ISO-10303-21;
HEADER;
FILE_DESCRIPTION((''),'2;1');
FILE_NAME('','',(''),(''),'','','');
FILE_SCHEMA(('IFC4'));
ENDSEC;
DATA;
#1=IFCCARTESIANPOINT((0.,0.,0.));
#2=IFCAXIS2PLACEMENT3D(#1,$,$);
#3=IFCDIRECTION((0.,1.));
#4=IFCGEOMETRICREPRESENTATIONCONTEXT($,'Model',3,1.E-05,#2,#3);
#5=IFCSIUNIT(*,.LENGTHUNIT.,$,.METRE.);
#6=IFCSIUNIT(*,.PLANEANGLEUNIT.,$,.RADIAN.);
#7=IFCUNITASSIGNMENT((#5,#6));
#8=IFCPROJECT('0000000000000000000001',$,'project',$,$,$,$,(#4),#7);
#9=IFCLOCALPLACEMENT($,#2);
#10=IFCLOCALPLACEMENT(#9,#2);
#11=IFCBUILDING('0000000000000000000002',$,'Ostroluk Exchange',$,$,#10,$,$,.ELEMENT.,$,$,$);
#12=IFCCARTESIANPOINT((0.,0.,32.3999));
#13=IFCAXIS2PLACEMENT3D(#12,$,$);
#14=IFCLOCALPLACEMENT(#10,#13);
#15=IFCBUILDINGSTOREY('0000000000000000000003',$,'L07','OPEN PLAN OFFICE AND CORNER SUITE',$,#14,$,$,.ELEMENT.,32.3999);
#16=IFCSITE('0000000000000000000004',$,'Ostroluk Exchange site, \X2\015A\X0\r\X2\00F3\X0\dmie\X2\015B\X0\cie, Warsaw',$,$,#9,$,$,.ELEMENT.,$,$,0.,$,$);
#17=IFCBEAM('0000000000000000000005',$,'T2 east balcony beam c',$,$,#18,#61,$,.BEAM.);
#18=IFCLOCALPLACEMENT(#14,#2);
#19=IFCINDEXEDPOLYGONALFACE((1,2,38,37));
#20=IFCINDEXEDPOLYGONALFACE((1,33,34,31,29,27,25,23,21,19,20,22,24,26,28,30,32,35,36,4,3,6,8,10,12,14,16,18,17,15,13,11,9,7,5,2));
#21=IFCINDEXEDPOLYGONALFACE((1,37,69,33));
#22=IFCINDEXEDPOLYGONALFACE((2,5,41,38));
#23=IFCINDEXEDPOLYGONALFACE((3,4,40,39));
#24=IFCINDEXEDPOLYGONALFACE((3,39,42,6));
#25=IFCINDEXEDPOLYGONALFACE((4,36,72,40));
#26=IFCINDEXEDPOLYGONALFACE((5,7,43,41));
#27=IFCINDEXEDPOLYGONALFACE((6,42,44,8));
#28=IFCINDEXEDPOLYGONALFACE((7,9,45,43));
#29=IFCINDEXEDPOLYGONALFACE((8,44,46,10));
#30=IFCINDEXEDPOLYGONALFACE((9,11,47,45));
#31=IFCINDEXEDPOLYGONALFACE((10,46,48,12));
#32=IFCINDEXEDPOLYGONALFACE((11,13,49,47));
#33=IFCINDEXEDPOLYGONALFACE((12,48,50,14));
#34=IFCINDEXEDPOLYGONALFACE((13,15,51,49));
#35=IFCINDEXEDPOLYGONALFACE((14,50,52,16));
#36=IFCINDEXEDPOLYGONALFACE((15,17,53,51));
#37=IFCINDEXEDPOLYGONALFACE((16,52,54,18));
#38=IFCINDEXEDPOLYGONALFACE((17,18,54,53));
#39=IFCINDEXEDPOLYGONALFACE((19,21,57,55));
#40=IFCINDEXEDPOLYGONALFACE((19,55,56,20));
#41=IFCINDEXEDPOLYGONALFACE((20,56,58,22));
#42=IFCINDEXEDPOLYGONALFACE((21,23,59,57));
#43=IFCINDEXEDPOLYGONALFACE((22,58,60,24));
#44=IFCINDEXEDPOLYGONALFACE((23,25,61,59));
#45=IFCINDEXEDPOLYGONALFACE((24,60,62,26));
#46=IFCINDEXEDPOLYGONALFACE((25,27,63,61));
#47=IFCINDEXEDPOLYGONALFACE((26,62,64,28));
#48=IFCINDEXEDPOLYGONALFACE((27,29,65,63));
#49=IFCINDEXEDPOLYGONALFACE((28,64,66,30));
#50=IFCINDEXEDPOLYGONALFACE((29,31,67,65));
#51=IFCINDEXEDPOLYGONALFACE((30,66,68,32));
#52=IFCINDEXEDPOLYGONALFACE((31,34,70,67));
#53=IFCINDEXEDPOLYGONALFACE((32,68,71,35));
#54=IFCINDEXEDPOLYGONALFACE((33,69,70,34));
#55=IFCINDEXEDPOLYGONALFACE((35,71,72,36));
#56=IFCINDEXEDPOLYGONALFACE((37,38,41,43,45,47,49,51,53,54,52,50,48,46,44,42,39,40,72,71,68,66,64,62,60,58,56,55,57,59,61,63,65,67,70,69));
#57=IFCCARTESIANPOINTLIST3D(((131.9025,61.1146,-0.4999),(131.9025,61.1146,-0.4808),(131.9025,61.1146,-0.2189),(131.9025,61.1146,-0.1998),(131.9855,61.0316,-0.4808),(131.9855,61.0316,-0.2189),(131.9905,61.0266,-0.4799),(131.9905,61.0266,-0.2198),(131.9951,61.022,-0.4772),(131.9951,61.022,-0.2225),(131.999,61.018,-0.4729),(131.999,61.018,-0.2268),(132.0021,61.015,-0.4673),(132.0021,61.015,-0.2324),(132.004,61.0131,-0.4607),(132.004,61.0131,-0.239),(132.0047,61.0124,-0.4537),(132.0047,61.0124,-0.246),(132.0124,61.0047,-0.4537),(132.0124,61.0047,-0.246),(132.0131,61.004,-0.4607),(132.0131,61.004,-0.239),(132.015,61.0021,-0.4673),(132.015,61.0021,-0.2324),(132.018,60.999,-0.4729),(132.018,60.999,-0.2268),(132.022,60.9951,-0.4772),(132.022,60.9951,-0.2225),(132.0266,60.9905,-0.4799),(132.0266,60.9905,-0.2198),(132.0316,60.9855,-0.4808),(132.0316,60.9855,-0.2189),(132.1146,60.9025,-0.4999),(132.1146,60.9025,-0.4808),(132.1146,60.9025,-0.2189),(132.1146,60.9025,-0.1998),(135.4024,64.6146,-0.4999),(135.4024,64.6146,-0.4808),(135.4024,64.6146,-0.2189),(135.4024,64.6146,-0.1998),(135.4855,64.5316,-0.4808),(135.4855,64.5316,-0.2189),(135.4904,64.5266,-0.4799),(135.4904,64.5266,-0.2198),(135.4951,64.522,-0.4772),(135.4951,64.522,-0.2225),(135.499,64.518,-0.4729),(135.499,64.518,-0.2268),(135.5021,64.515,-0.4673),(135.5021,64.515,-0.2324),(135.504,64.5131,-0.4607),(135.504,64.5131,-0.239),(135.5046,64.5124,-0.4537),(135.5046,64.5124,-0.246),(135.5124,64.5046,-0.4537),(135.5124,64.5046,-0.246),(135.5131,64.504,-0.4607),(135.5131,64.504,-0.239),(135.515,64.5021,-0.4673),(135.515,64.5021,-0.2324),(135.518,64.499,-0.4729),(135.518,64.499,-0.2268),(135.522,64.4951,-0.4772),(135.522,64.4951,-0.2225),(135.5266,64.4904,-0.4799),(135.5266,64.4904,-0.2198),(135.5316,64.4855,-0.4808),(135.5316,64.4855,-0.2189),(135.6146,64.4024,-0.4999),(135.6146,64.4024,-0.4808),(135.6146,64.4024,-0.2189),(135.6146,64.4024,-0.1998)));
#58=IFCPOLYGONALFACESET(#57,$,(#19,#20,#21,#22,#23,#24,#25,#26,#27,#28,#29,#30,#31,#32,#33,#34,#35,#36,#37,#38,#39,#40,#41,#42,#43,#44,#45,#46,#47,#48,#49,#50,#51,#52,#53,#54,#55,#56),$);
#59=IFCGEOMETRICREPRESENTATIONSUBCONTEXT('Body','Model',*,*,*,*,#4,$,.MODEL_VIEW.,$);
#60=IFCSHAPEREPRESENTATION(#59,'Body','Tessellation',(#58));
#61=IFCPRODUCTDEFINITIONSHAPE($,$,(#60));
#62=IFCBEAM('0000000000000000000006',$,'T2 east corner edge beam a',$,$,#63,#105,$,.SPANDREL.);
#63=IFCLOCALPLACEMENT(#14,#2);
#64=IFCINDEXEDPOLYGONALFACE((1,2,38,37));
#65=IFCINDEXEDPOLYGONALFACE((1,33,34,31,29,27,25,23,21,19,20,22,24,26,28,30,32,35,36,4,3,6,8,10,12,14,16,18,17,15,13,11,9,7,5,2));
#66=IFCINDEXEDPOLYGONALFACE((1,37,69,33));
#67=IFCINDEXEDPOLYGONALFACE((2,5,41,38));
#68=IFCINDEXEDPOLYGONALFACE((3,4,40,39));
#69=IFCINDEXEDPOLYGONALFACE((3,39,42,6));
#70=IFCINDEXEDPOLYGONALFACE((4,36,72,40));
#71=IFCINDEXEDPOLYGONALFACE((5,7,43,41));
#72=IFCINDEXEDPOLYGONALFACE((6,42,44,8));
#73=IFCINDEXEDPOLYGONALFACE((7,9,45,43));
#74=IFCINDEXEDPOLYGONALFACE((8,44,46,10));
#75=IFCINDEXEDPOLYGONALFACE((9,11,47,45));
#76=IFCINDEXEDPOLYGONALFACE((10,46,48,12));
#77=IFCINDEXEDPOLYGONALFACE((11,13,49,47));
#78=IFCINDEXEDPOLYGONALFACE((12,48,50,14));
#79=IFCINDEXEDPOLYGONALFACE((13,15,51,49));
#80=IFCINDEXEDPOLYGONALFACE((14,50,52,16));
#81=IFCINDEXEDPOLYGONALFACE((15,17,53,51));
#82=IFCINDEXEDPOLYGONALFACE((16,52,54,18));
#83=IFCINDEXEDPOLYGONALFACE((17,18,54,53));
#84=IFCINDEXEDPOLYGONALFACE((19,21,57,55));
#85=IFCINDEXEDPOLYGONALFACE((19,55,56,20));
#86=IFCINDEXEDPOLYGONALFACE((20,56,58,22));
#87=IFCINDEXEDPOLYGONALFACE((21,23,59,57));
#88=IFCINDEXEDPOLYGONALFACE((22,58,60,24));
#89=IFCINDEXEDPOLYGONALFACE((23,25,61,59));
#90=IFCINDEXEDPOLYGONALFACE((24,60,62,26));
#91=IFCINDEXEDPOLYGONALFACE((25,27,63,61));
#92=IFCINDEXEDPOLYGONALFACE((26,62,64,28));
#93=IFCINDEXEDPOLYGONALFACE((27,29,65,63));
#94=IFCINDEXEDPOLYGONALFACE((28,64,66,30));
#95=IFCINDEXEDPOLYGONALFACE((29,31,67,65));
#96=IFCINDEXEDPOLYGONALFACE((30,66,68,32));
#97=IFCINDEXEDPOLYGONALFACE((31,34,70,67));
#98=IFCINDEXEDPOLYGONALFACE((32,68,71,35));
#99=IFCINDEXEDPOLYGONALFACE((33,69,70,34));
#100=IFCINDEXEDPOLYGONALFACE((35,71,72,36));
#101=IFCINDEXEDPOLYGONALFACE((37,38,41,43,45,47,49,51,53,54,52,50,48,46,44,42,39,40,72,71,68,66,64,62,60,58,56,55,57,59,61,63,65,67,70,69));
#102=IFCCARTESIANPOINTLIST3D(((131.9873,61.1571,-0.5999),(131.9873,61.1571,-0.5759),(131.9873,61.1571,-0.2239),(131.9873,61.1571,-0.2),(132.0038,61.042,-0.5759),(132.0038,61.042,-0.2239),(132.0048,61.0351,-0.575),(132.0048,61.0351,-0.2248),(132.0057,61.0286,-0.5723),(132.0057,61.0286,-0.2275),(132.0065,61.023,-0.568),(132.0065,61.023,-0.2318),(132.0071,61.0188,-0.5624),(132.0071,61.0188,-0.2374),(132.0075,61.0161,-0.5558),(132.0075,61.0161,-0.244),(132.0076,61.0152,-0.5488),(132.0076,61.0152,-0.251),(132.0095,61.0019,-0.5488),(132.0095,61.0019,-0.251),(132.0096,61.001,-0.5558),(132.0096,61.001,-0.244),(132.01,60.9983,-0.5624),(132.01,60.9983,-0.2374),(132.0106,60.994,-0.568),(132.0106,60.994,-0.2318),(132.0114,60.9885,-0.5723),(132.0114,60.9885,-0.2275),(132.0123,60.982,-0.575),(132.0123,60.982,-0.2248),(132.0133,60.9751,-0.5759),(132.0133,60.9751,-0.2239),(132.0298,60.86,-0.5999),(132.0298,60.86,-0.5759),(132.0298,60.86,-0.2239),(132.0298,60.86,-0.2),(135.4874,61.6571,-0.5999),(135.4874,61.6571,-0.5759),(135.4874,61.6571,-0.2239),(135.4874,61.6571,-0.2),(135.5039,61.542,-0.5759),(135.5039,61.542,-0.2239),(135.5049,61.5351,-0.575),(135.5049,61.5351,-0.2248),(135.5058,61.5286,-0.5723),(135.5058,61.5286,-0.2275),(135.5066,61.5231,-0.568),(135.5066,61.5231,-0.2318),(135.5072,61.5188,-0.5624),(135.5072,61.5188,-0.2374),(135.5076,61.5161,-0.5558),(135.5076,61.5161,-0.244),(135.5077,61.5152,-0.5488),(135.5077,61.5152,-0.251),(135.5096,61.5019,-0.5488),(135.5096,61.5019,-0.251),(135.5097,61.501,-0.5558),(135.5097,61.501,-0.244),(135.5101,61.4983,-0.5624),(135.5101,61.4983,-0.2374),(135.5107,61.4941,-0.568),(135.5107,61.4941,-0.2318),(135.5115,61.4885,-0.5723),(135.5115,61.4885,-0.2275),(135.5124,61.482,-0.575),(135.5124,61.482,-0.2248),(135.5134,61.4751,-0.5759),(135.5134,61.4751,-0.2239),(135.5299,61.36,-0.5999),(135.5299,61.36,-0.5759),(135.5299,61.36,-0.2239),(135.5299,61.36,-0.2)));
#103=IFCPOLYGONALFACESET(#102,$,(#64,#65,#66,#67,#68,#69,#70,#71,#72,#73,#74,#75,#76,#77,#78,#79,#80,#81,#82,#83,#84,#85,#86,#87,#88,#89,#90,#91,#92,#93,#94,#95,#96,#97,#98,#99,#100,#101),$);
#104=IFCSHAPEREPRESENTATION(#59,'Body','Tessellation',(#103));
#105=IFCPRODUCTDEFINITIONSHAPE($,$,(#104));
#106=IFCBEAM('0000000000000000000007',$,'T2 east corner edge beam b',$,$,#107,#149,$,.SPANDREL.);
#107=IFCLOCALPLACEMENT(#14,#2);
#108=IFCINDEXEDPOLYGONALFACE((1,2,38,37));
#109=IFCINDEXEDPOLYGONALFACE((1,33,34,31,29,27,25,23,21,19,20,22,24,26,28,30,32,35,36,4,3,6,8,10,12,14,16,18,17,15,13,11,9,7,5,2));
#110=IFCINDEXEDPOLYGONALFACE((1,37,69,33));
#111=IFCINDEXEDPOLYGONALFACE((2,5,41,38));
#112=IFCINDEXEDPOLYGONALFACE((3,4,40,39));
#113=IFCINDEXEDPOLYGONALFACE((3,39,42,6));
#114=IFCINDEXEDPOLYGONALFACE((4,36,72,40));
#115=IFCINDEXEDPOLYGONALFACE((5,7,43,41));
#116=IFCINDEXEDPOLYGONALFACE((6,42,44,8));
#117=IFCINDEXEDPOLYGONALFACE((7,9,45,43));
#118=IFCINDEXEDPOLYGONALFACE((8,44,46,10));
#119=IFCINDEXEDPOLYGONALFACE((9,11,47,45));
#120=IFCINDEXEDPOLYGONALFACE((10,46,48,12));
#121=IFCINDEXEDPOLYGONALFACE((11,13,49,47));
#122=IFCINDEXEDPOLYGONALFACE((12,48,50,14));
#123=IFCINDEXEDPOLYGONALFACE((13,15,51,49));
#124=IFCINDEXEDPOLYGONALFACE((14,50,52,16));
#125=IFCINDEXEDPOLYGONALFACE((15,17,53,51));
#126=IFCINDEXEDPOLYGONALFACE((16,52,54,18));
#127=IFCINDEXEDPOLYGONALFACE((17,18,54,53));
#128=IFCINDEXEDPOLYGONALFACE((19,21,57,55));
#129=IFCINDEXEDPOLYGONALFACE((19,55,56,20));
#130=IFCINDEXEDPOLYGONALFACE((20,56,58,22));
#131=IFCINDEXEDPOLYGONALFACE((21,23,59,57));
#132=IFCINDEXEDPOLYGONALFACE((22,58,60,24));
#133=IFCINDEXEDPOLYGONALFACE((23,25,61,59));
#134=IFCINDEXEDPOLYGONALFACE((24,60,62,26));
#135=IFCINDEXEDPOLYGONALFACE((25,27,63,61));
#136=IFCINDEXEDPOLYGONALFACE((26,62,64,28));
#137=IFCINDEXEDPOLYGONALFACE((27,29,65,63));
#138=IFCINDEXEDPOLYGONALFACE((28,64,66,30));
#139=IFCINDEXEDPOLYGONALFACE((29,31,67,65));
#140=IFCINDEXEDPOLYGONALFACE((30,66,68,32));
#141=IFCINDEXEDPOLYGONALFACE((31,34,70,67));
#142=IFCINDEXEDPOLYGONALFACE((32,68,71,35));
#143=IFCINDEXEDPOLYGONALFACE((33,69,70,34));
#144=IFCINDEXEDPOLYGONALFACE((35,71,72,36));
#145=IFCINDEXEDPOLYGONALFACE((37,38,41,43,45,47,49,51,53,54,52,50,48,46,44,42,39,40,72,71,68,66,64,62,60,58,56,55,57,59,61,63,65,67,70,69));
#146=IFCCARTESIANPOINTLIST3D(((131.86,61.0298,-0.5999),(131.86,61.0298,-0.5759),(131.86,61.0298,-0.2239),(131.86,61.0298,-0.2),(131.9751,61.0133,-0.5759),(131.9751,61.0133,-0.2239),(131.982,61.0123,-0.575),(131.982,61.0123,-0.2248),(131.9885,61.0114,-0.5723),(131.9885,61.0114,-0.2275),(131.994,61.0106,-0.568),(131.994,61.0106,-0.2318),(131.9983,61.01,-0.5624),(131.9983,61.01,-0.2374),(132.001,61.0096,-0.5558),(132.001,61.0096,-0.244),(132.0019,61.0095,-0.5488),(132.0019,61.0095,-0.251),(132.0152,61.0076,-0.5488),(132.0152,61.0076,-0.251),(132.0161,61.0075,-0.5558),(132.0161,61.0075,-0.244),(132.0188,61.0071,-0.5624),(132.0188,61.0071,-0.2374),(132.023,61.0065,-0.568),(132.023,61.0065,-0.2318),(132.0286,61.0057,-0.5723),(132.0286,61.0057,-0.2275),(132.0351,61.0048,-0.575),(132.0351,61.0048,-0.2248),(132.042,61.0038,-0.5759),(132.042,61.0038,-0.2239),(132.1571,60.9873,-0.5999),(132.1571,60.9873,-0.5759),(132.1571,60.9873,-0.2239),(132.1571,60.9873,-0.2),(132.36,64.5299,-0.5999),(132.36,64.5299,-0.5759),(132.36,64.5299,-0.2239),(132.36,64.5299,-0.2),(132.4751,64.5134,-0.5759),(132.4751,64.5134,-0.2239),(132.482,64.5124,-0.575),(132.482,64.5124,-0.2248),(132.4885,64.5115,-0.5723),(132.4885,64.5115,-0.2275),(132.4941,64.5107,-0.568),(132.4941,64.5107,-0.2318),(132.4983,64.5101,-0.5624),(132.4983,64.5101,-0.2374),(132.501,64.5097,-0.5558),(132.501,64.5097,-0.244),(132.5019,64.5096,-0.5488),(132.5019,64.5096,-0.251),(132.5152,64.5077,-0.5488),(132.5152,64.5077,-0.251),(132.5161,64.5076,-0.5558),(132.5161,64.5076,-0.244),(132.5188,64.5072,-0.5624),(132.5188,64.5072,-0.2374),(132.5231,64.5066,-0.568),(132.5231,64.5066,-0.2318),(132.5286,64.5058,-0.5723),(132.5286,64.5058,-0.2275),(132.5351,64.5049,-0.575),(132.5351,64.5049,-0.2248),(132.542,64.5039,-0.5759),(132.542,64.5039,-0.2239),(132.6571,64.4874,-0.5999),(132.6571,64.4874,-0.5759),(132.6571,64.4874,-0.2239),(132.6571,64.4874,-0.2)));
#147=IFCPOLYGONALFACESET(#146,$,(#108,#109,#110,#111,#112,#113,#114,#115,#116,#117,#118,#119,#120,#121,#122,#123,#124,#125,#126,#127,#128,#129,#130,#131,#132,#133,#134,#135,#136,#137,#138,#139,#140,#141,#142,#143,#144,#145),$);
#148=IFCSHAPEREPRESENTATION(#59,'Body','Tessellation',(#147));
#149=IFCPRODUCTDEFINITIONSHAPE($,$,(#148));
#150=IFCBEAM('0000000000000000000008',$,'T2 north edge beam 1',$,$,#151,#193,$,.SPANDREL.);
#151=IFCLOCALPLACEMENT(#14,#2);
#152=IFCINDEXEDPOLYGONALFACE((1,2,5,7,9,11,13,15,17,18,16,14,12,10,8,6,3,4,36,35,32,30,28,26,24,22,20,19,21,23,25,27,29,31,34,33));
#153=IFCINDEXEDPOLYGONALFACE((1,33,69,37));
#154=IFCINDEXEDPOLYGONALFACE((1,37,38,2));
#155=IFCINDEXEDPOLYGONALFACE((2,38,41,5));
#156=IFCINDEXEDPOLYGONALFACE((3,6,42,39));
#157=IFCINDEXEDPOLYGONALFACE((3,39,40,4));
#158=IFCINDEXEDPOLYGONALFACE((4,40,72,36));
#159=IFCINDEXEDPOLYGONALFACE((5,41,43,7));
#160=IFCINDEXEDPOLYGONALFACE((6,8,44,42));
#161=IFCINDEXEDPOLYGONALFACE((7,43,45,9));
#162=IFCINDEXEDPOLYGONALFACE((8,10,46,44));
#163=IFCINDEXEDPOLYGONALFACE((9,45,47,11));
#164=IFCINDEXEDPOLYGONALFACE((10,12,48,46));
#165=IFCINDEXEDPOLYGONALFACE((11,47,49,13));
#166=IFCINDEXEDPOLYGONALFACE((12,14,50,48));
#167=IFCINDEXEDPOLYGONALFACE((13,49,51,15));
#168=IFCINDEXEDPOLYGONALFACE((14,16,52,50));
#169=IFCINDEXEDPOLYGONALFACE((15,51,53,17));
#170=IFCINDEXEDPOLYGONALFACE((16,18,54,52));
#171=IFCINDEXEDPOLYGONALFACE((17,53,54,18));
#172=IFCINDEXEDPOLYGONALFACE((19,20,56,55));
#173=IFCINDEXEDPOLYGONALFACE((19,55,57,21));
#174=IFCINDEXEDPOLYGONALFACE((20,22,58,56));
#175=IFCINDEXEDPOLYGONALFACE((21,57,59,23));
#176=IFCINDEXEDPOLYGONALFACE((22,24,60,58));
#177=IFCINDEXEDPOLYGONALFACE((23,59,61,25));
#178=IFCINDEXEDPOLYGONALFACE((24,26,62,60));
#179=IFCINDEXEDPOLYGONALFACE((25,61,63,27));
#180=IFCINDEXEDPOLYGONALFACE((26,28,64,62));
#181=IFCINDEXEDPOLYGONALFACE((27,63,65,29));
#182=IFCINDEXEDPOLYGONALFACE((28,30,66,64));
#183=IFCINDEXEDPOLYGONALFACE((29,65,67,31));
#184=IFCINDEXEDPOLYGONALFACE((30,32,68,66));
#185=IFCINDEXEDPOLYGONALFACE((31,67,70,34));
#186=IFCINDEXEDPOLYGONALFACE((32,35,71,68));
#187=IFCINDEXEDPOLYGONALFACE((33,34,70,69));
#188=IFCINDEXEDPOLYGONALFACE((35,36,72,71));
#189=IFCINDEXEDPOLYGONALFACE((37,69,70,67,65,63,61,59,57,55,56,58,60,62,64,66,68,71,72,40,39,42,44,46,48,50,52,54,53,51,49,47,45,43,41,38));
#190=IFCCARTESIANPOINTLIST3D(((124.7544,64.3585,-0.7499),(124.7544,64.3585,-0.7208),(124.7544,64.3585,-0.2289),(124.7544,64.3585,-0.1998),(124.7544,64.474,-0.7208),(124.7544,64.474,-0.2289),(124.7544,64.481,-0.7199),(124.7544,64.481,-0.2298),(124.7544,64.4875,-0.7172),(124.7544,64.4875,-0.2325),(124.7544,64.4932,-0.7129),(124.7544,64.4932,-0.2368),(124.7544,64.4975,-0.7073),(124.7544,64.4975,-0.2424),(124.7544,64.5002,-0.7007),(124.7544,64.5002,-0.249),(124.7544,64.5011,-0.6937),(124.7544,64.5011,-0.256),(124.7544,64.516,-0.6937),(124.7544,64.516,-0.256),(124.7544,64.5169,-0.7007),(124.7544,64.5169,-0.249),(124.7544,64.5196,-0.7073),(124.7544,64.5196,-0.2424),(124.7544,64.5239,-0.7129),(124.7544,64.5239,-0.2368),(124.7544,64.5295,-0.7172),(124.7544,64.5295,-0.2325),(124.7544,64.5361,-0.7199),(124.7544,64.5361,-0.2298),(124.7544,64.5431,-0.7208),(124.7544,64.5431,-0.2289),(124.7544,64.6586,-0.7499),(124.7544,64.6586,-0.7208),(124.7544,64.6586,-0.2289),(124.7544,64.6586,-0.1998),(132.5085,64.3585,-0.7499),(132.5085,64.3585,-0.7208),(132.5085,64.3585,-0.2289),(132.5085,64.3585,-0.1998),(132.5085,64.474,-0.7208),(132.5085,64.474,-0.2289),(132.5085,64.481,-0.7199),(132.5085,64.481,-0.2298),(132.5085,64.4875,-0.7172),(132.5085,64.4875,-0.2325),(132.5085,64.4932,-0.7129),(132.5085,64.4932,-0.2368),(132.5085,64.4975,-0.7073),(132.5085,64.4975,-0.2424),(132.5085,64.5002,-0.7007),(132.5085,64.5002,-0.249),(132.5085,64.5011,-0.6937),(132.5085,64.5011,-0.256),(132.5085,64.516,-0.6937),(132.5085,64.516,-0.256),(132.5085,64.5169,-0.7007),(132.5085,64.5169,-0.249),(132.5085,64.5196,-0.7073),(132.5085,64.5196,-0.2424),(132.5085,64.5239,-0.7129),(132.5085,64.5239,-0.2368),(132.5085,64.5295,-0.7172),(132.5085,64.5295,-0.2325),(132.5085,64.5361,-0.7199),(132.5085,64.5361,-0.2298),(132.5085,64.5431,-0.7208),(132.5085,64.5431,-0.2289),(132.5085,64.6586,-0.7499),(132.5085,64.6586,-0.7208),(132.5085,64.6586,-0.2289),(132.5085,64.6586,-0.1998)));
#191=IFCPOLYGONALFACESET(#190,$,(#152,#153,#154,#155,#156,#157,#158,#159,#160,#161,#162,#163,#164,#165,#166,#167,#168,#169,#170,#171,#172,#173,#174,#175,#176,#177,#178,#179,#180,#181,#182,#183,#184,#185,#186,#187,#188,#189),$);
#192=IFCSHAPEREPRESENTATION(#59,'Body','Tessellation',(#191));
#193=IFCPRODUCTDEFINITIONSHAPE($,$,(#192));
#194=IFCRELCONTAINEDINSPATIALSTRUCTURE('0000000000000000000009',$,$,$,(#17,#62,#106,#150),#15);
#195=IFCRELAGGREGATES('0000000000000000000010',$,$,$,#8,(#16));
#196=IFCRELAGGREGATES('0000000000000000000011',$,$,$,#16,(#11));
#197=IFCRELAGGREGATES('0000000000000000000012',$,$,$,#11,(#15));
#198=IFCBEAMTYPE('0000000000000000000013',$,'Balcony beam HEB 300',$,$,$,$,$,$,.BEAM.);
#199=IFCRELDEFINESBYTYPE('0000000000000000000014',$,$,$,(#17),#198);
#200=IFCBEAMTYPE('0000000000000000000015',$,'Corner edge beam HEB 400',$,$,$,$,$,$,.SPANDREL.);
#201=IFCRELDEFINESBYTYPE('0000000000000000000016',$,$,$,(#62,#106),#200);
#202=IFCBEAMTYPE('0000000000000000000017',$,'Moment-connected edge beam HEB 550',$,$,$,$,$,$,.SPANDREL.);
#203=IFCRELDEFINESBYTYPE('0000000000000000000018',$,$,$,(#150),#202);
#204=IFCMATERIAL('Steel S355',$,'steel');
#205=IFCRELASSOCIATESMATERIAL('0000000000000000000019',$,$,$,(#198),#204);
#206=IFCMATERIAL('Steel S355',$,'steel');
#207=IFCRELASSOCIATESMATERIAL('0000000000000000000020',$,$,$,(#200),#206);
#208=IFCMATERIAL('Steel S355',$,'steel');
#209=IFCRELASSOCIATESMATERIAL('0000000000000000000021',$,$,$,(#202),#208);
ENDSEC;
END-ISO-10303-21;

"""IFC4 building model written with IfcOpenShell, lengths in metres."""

from ifc_helpers import new_model, si_unit, direction, frame, origin, origin_2d, place, context, subcontext, project, spatial, i_section, extrude, material, material_profile, profile_set, type_object, element, save


model = new_model("IFC4")

# Units and contexts
model_context = context("Model", 3, precision=1e-05, world=origin(), true_north=direction((0.0, 1.0)))
body_context = subcontext(model_context, "Body", "Model", "MODEL_VIEW")
ifc_project = project(units=[si_unit("LENGTHUNIT", "METRE"), si_unit("PLANEANGLEUNIT", "RADIAN")], contexts=[model_context])

# Site, building, storey
site_placement = place(None, origin())
site = spatial("IfcSite", under=ifc_project, at=site_placement, Name="Ostroluk Exchange site, Śródmieście, Warsaw", CompositionType="ELEMENT", RefElevation=0.0)
building_placement = place(site_placement, origin())
building = spatial("IfcBuilding", under=site, at=building_placement, Name="Ostroluk Exchange", CompositionType="ELEMENT")
storey_placement = place(building_placement, frame((0.0, 0.0, 32.3999)))
storey = spatial("IfcBuildingStorey", under=building, at=storey_placement, Name="L07", Description="OPEN PLAN OFFICE AND CORNER SUITE", CompositionType="ELEMENT", Elevation=32.3999)

# Beams
ifc_material_1 = material(Name="Steel S355", Category="steel")
ifc_material_profile_1 = material_profile(ifc_material_1, i_section(OverallWidth=0.3, OverallDepth=0.3, WebThickness=0.011, FlangeThickness=0.019, FilletRadius=0.0271, at=origin_2d()), Name="HEB 300")
ifc_profile_set_1 = profile_set([ifc_material_profile_1], Name="Steel S355")
beam_type_1 = type_object("IfcBeamType", Name="Balcony beam HEB 300", PredefinedType="BEAM", material=ifc_profile_set_1)
beam_1_placement = place(storey_placement, frame((132.0085, 61.0085, -0.3499), z_axis=(0.707107, 0.707107, 0.0), x_axis=(-0.707107, 0.707107, 0.0)))
element("IfcBeam", 1, at=beam_1_placement, inside=storey, type_object=beam_type_1, Name="T2 east balcony beam c", PredefinedType="BEAM", context=body_context, shape_type="SweptSolid", body=[
    extrude(i_section(OverallWidth=0.3, OverallDepth=0.3, WebThickness=0.011, FlangeThickness=0.019, FilletRadius=0.0271, at=origin_2d()), origin(), (0.0, 0.0, 1.0), 4.9497),
])
ifc_material_2 = material(Name="Steel S355", Category="steel")
ifc_material_profile_2 = material_profile(ifc_material_2, i_section(OverallWidth=0.3, OverallDepth=0.3999, WebThickness=0.0134, FlangeThickness=0.0239, FilletRadius=0.0271, at=origin_2d()), Name="HEB 400")
ifc_profile_set_2 = profile_set([ifc_material_profile_2], Name="Steel S355")
beam_type_2 = type_object("IfcBeamType", Name="Corner edge beam HEB 400", PredefinedType="SPANDREL", material=ifc_profile_set_2)
for number, where, z_axis, x_axis, name in (
    (2, (132.0085, 61.0085, -0.3999), (0.989949, 0.141421, 0.0), (-0.141421, 0.989949, 0.0), "T2 east corner edge beam a"),
    (3, (132.0085, 61.0085, -0.3999), (0.141421, 0.989949, 0.0), (-0.989949, 0.141421, 0.0), "T2 east corner edge beam b"),
):
    element("IfcBeam", number, at=place(storey_placement, frame(where, z_axis=z_axis, x_axis=x_axis)), inside=storey, type_object=beam_type_2, Name=name, PredefinedType="SPANDREL", context=body_context, shape_type="SweptSolid", body=[
        extrude(i_section(OverallWidth=0.3, OverallDepth=0.3999, WebThickness=0.0134, FlangeThickness=0.0239, FilletRadius=0.0271, at=origin_2d()), origin(), (0.0, 0.0, 1.0), 3.5356),
    ])
ifc_material_3 = material(Name="Steel S355", Category="steel")
ifc_material_profile_3 = material_profile(ifc_material_3, i_section(OverallWidth=0.3, OverallDepth=0.55, WebThickness=0.0149, FlangeThickness=0.0291, FilletRadius=0.0271, at=origin_2d()), Name="HEB 550")
ifc_profile_set_3 = profile_set([ifc_material_profile_3], Name="Steel S355")
beam_type_3 = type_object("IfcBeamType", Name="Moment-connected edge beam HEB 550", PredefinedType="SPANDREL", material=ifc_profile_set_3)
beam_2_placement = place(storey_placement, frame((132.5085, 64.5085, -0.4749), z_axis=(-1.0, 0.0, 0.0), x_axis=(0.0, -1.0, 0.0)))
element("IfcBeam", 4, at=beam_2_placement, inside=storey, type_object=beam_type_3, Name="T2 north edge beam 1", PredefinedType="SPANDREL", context=body_context, shape_type="SweptSolid", body=[
    extrude(i_section(OverallWidth=0.3, OverallDepth=0.55, WebThickness=0.0149, FlangeThickness=0.0291, FilletRadius=0.0271, at=origin_2d()), origin(), (0.0, 0.0, 1.0), 7.7542),
])

save(model, "model.ifc")
